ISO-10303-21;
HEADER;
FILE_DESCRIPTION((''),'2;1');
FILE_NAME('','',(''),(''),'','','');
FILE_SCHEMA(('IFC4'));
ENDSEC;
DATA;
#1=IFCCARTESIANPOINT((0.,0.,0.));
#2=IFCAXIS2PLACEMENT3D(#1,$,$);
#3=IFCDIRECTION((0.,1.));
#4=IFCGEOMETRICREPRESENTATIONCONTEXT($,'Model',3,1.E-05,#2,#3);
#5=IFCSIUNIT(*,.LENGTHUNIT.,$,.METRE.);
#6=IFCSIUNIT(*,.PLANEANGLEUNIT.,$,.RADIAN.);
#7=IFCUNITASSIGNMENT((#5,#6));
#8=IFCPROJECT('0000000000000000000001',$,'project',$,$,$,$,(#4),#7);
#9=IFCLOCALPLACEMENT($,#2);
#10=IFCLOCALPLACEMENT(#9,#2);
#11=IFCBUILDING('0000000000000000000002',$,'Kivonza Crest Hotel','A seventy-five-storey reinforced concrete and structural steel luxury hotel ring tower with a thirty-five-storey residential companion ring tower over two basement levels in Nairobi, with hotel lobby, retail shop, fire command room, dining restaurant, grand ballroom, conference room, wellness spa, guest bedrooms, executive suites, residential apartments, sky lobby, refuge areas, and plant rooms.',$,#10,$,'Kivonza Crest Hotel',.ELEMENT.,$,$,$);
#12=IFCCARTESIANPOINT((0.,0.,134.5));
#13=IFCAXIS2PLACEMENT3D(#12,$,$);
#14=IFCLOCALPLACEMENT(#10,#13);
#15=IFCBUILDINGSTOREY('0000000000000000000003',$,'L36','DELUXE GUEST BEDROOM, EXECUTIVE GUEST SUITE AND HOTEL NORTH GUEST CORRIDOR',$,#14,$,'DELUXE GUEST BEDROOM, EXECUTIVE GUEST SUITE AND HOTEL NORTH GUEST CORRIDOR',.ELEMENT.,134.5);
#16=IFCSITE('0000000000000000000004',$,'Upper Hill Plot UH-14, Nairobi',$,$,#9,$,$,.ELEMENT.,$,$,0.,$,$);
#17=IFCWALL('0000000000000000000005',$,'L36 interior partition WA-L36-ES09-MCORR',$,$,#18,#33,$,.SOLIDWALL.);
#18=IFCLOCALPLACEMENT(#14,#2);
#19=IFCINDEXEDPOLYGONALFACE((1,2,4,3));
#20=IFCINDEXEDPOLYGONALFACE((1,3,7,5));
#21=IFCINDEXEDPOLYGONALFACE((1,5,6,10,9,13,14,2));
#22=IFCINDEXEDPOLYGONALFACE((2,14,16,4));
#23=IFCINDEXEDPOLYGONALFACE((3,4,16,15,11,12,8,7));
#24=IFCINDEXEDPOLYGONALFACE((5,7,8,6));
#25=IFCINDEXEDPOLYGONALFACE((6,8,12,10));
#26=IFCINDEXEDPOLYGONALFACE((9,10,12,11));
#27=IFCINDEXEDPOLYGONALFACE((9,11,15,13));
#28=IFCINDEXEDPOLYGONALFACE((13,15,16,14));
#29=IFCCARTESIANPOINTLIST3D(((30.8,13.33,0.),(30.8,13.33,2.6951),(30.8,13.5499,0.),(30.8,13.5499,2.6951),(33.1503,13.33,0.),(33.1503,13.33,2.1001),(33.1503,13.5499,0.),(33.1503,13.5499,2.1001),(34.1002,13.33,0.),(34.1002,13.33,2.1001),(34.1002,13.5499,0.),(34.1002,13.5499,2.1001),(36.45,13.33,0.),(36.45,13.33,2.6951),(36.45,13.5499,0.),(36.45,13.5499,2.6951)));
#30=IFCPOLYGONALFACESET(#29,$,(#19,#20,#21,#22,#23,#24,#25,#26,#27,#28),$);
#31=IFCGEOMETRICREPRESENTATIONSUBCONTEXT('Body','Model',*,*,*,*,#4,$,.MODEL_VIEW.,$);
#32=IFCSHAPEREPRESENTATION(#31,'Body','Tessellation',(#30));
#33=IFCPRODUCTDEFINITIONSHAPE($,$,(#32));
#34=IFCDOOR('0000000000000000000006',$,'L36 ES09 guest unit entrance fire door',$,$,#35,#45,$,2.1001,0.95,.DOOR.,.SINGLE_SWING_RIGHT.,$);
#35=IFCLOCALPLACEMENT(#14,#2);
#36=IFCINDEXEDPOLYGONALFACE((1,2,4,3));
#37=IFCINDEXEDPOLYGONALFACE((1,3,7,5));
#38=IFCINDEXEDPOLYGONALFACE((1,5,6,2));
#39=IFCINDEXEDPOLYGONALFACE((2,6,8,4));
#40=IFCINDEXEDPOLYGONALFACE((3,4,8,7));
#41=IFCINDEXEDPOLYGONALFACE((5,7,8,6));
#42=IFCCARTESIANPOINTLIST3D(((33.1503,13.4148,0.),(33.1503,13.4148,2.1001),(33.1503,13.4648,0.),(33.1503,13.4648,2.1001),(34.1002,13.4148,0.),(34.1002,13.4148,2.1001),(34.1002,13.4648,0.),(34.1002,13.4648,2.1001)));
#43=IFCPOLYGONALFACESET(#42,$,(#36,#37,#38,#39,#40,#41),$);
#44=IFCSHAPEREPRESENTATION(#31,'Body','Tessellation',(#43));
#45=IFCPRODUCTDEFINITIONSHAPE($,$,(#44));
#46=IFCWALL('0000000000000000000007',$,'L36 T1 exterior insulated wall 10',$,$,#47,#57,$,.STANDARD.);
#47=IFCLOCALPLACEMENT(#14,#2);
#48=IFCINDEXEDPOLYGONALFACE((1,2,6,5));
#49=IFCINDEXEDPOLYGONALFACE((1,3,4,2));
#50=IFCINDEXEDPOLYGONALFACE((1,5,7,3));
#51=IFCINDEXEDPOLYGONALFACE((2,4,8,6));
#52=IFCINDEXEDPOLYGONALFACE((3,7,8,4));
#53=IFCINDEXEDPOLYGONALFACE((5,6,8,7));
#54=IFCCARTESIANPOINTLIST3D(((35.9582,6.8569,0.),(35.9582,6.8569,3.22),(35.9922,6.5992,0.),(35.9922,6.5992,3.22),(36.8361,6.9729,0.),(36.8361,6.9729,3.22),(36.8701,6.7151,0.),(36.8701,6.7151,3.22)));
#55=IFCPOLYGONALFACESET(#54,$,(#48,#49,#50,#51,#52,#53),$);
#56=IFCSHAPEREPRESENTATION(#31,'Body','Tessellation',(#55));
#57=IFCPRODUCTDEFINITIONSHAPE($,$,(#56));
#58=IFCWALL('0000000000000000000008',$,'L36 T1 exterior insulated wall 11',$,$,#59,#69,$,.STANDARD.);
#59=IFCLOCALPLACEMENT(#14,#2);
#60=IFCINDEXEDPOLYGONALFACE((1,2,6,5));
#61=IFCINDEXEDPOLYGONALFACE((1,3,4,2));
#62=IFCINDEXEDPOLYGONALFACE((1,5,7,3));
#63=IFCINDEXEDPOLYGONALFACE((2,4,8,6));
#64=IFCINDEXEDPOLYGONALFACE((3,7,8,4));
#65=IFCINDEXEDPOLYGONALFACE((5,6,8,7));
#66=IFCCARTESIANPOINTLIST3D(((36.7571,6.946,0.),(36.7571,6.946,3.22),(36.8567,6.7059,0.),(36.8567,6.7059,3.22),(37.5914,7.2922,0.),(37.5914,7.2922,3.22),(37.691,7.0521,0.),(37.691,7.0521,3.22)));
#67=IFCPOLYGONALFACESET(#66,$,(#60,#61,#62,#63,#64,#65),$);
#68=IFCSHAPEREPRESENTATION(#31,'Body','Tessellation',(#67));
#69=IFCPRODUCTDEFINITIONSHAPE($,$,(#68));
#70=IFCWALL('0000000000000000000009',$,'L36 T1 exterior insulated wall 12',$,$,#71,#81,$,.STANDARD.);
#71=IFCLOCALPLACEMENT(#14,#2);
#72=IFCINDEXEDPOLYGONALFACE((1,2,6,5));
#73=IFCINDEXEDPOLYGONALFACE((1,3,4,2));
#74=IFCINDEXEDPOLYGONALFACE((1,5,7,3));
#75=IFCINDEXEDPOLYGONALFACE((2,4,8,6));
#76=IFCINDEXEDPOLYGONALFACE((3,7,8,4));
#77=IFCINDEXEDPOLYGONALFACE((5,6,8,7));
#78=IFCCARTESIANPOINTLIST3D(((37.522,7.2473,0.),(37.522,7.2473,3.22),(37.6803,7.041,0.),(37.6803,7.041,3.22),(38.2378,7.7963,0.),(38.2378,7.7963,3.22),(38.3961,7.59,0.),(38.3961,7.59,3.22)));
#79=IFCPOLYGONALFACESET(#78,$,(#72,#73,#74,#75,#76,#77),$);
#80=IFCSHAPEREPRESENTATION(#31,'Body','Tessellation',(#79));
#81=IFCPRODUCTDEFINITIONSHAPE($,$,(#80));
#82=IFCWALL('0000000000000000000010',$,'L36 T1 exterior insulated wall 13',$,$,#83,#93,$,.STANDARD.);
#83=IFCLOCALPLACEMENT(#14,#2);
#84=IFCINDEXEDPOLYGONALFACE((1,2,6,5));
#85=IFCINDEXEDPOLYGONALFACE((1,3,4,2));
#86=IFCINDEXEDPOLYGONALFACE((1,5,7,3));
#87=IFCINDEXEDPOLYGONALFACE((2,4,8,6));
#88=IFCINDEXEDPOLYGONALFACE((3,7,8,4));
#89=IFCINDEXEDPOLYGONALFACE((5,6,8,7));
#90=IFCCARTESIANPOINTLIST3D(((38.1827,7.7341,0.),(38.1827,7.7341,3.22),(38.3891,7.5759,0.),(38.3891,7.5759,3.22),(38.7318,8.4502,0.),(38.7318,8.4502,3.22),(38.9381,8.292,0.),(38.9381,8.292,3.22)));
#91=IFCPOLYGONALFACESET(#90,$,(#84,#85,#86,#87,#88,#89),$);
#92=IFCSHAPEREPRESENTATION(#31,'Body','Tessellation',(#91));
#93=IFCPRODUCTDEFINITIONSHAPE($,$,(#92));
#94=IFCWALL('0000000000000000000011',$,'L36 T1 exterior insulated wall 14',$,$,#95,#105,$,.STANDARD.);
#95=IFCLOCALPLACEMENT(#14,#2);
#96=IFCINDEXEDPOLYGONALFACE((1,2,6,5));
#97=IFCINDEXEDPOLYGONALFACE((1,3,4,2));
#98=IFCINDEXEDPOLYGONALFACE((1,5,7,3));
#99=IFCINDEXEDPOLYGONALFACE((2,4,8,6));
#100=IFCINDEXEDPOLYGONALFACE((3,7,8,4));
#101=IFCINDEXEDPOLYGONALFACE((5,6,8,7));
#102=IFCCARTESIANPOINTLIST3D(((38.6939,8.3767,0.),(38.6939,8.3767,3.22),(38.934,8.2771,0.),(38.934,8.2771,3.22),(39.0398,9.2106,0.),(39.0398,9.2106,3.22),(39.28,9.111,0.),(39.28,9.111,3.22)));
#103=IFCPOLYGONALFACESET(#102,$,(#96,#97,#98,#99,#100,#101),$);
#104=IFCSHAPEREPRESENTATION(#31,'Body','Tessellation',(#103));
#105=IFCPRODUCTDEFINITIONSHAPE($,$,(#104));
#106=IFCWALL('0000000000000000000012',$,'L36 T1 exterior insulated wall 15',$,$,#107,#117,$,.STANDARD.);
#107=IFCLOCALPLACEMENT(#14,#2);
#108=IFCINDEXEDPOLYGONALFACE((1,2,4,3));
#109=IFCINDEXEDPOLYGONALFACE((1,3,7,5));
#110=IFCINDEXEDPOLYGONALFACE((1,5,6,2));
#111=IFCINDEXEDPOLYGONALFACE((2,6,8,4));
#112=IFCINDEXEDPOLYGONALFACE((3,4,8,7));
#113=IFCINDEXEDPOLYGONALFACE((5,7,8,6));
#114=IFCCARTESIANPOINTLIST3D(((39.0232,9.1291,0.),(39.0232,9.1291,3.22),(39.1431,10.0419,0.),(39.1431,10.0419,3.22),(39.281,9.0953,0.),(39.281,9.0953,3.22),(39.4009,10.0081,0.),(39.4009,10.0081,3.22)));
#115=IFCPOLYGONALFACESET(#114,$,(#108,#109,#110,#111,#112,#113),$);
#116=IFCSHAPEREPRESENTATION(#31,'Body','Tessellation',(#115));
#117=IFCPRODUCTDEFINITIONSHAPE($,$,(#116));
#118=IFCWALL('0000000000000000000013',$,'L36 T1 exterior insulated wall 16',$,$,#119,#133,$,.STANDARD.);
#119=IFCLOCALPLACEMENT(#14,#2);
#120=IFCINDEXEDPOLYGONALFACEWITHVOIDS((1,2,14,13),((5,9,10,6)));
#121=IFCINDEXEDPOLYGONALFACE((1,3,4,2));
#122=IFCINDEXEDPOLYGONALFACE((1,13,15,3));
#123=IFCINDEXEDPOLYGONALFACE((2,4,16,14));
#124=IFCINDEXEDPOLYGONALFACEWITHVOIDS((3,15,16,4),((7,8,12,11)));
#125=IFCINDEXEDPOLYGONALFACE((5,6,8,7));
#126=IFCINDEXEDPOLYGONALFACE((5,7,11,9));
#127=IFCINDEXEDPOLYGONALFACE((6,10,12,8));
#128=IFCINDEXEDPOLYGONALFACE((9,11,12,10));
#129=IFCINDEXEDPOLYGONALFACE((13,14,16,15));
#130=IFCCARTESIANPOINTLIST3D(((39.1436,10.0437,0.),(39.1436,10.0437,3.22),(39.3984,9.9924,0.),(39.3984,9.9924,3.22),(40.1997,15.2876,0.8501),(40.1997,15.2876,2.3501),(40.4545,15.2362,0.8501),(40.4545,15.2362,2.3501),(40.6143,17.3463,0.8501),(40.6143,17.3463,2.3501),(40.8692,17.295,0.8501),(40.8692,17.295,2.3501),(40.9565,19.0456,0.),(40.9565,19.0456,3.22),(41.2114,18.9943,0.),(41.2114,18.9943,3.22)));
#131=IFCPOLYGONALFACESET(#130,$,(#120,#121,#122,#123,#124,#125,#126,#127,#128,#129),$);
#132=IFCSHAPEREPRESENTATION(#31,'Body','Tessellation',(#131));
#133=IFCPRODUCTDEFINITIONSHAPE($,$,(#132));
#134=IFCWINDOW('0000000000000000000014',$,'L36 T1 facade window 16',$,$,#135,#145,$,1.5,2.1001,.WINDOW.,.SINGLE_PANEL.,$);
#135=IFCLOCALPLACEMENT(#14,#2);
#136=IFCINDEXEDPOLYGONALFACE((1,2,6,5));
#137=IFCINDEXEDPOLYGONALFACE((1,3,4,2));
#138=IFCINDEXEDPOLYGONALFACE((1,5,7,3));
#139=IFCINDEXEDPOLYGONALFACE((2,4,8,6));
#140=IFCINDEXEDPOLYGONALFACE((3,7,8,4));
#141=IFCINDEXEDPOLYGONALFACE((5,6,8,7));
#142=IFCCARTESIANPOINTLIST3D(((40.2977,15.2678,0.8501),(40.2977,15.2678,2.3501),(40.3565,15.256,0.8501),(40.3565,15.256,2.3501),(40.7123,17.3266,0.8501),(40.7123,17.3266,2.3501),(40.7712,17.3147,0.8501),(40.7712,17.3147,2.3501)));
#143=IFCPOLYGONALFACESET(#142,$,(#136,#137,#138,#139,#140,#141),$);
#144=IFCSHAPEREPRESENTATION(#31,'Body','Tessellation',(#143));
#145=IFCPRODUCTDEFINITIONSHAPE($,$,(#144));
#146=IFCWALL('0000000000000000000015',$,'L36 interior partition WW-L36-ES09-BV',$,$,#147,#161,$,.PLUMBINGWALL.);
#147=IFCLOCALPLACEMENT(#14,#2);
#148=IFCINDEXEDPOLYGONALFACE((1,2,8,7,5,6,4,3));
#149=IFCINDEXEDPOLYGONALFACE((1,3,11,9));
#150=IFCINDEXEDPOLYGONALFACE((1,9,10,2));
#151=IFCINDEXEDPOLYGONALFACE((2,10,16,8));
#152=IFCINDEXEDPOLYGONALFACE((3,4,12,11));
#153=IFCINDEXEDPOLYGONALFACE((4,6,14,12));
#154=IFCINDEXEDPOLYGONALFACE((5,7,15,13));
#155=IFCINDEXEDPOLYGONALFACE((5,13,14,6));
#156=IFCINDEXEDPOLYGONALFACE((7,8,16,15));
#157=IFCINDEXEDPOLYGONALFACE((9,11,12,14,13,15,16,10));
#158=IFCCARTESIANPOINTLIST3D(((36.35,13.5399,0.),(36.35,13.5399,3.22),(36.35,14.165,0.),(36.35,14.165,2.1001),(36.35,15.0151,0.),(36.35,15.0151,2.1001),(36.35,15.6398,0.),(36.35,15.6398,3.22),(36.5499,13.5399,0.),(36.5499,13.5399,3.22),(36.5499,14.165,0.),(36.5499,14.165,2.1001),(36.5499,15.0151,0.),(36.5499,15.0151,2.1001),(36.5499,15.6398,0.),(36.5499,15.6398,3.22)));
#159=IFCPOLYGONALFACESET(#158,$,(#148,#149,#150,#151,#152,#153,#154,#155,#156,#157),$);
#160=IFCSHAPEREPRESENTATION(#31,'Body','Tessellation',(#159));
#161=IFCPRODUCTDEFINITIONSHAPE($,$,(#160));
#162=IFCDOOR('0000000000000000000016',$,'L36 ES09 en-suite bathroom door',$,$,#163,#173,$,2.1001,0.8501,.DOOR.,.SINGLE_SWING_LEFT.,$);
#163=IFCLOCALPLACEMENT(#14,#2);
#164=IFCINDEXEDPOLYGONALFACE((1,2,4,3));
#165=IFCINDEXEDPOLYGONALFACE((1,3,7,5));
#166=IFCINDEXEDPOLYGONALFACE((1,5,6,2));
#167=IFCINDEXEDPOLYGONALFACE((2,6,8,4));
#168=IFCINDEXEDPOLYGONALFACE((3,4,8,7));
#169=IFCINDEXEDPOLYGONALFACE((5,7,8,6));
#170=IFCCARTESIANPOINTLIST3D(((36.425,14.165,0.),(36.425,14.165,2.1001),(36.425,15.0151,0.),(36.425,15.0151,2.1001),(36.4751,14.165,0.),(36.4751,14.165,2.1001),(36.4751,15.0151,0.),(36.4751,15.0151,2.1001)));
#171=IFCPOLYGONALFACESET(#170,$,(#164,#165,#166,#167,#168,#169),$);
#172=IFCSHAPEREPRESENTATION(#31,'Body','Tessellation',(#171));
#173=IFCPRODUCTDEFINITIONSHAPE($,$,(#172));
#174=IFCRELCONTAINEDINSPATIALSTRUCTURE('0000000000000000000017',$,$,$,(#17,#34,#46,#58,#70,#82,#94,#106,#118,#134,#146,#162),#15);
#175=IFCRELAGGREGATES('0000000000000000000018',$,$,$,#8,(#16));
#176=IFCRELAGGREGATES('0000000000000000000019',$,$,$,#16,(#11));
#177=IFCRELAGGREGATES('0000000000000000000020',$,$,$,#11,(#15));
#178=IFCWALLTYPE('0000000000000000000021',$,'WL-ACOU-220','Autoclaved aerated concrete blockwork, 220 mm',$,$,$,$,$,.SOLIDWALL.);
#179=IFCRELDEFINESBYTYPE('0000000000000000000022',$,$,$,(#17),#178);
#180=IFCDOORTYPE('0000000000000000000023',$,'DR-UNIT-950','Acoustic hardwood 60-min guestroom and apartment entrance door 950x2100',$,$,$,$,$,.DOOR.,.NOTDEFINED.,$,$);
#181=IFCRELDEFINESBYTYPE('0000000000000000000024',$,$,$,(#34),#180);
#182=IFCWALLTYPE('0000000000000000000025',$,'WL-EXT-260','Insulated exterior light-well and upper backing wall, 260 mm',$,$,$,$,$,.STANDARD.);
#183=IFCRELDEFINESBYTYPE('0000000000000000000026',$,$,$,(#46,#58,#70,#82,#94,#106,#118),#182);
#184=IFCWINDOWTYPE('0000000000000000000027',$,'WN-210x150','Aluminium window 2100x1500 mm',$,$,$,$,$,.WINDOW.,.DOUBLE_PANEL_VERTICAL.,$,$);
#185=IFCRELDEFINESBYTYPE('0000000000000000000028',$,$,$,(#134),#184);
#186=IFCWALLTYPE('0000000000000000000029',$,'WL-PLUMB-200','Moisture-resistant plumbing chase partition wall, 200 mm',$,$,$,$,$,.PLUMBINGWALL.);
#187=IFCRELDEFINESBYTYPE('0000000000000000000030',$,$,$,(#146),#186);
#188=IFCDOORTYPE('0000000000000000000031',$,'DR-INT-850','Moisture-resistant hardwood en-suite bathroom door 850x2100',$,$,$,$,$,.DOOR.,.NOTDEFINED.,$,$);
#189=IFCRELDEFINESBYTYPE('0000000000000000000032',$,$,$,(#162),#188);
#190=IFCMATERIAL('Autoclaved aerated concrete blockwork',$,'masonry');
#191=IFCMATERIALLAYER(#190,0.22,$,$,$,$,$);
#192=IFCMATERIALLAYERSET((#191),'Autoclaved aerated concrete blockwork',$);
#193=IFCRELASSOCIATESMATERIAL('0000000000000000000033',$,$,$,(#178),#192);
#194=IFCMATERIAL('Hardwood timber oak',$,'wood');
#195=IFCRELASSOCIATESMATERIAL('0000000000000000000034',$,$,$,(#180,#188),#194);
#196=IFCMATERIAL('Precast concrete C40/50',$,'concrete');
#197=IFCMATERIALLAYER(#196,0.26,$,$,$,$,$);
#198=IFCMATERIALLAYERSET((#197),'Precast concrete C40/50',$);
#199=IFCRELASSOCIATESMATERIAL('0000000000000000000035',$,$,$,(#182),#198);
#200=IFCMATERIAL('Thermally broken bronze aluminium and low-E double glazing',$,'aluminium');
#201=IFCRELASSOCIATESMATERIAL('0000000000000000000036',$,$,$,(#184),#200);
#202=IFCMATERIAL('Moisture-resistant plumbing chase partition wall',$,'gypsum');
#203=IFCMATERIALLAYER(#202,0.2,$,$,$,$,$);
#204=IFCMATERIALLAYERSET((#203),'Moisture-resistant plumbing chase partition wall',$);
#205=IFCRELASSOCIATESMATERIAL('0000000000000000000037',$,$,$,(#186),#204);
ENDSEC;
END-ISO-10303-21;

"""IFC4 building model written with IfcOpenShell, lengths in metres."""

from ifc_helpers import new_model, si_unit, direction, frame, frame_2d, origin, place, context, subcontext, project, spatial, rectangle, extrude, material, layer, layer_set, type_object, element, fill, save


model = new_model("IFC4")

# Units and contexts
model_context = context("Model", 3, precision=1e-05, world=origin(), true_north=direction((0.0, 1.0)))
body_context = subcontext(model_context, "Body", "Model", "MODEL_VIEW")
ifc_project = project(units=[si_unit("LENGTHUNIT", "METRE"), si_unit("PLANEANGLEUNIT", "RADIAN")], contexts=[model_context])

# Site, building, storey
site_placement = place(None, origin())
site = spatial("IfcSite", under=ifc_project, at=site_placement, Name="Upper Hill Plot UH-14, Nairobi", CompositionType="ELEMENT", RefElevation=0.0)
building_placement = place(site_placement, origin())
building = spatial("IfcBuilding", under=site, at=building_placement, Name="Kivonza Crest Hotel", Description="A seventy-five-storey reinforced concrete and structural steel luxury hotel ring tower with a thirty-five-storey residential companion ring tower over two basement levels in Nairobi, with hotel lobby, retail shop, fire command room, dining restaurant, grand ballroom, conference room, wellness spa, guest bedrooms, executive suites, residential apartments, sky lobby, refuge areas, and plant rooms.", LongName="Kivonza Crest Hotel", CompositionType="ELEMENT")
storey_placement = place(building_placement, frame((0.0, 0.0, 134.5)))
storey = spatial("IfcBuildingStorey", under=building, at=storey_placement, Name="L36", Description="DELUXE GUEST BEDROOM, EXECUTIVE GUEST SUITE AND HOTEL NORTH GUEST CORRIDOR", LongName="DELUXE GUEST BEDROOM, EXECUTIVE GUEST SUITE AND HOTEL NORTH GUEST CORRIDOR", CompositionType="ELEMENT", Elevation=134.5)

# Shared definitions
ifc_material_1 = material(Name="Autoclaved aerated concrete blockwork", Category="masonry")
ifc_layer_1 = layer(ifc_material_1, 0.22)
ifc_layer_set_1 = layer_set([ifc_layer_1], Name="Autoclaved aerated concrete blockwork")
wall_type_1 = type_object("IfcWallType", Name="WL-ACOU-220", Description="Autoclaved aerated concrete blockwork, 220 mm", PredefinedType="SOLIDWALL", material=ifc_layer_set_1)
ifc_material_2 = material(Name="Hardwood timber oak", Category="wood")

# Wall, opening, door
wall_1_placement = place(storey_placement, frame((30.8, 13.4399, 0.0), z_axis=(0.0, 0.0, 1.0), x_axis=(1.0, 0.0, 0.0)))
wall_1 = element("IfcWall", 1, at=wall_1_placement, inside=storey, type_object=wall_type_1, Name="L36 interior partition WA-L36-ES09-MCORR", PredefinedType="SOLIDWALL", context=body_context, shape_type="SweptSolid", body=[
    extrude(rectangle(XDim=5.6499, YDim=0.22, at=frame_2d((2.825, 0.0))), origin(), (0.0, 0.0, 1.0), 2.6951),
])
opening_1_placement = place(wall_1_placement, frame((2.3501, 0.0, 0.0)))
opening_1 = element("IfcOpeningElement", 2, at=opening_1_placement, cuts=wall_1, PredefinedType="OPENING", context=body_context, shape_type="SweptSolid", body=[
    extrude(rectangle(XDim=0.95, YDim=2.1001, at=frame_2d((0.4751, 1.05))), frame((0.0, 0.1201, 0.0), z_axis=(0.0, -1.0, 0.0), x_axis=(1.0, 0.0, 0.0)), (0.0, 0.0, 1.0), 0.24),
])
door_type_1 = type_object("IfcDoorType", Name="DR-UNIT-950", Description="Acoustic hardwood 60-min guestroom and apartment entrance door 950x2100", OperationType="NOTDEFINED", PredefinedType="DOOR", material=ifc_material_2)
door_1_placement = place(opening_1_placement, origin())
door_1 = element("IfcDoor", 3, at=door_1_placement, inside=storey, type_object=door_type_1, Name="L36 ES09 guest unit entrance fire door", OperationType="SINGLE_SWING_RIGHT", OverallHeight=2.1001, OverallWidth=0.95, PredefinedType="DOOR", context=body_context, shape_type="SweptSolid", body=[
    extrude(rectangle(XDim=0.95, YDim=2.1001, at=frame_2d((0.4751, 1.05))), frame((0.0, 0.0249, 0.0), z_axis=(0.0, -1.0, 0.0), x_axis=(1.0, 0.0, 0.0)), (0.0, 0.0, 1.0), 0.05),
])
fill(opening_1, door_1)

# Walls
ifc_material_3 = material(Name="Precast concrete C40/50", Category="concrete")
ifc_layer_2 = layer(ifc_material_3, 0.26)
ifc_layer_set_2 = layer_set([ifc_layer_2], Name="Precast concrete C40/50")
wall_type_2 = type_object("IfcWallType", Name="WL-EXT-260", Description="Insulated exterior light-well and upper backing wall, 260 mm", PredefinedType="STANDARD", material=ifc_layer_set_2)
wall_2_placement = place(storey_placement, frame((35.9751, 6.728, 0.0), z_axis=(0.0, 0.0, 1.0), x_axis=(0.991388, 0.130954, 0.0)))
element("IfcWall", 4, at=wall_2_placement, inside=storey, type_object=wall_type_2, Name="L36 T1 exterior insulated wall 10", PredefinedType="STANDARD", context=body_context, shape_type="SweptSolid", body=[
    extrude(rectangle(XDim=0.8855, YDim=0.26, at=frame_2d((0.4429, 0.0))), origin(), (0.0, 0.0, 1.0), 3.22),
])
wall_3_placement = place(storey_placement, frame((36.8069, 6.8259, 0.0), z_axis=(0.0, 0.0, 1.0), x_axis=(0.923628, 0.383291, 0.0)))
element("IfcWall", 5, at=wall_3_placement, inside=storey, type_object=wall_type_2, Name="L36 T1 exterior insulated wall 11", PredefinedType="STANDARD", context=body_context, shape_type="SweptSolid", body=[
    extrude(rectangle(XDim=0.9033, YDim=0.26, at=frame_2d((0.4517, 0.0))), origin(), (0.0, 0.0, 1.0), 3.22),
])
wall_4_placement = place(storey_placement, frame((37.6011, 7.144, 0.0), z_axis=(0.0, 0.0, 1.0), x_axis=(0.793458, 0.608625, 0.0)))
element("IfcWall", 6, at=wall_4_placement, inside=storey, type_object=wall_type_2, Name="L36 T1 exterior insulated wall 12", PredefinedType="STANDARD", context=body_context, shape_type="SweptSolid", body=[
    extrude(rectangle(XDim=0.9021, YDim=0.26, at=frame_2d((0.4512, 0.0))), origin(), (0.0, 0.0, 1.0), 3.22),
])
wall_5_placement = place(storey_placement, frame((38.2859, 7.655, 0.0), z_axis=(0.0, 0.0, 1.0), x_axis=(0.608494, 0.793558, 0.0)))
element("IfcWall", 7, at=wall_5_placement, inside=storey, type_object=wall_type_2, Name="L36 T1 exterior insulated wall 13", PredefinedType="STANDARD", context=body_context, shape_type="SweptSolid", body=[
    extrude(rectangle(XDim=0.9023, YDim=0.26, at=frame_2d((0.4512, 0.0))), origin(), (0.0, 0.0, 1.0), 3.22),
])
wall_6_placement = place(storey_placement, frame((38.814, 8.3269, 0.0), z_axis=(0.0, 0.0, 1.0), x_axis=(0.383156, 0.923684, 0.0)))
element("IfcWall", 8, at=wall_6_placement, inside=storey, type_object=wall_type_2, Name="L36 T1 exterior insulated wall 14", PredefinedType="STANDARD", context=body_context, shape_type="SweptSolid", body=[
    extrude(rectangle(XDim=0.9028, YDim=0.26, at=frame_2d((0.4514, 0.0))), origin(), (0.0, 0.0, 1.0), 3.22),
])
wall_7_placement = place(storey_placement, frame((39.1521, 9.1121, 0.0), z_axis=(0.0, 0.0, 1.0), x_axis=(0.130201, 0.991488, 0.0)))
element("IfcWall", 9, at=wall_7_placement, inside=storey, type_object=wall_type_2, Name="L36 T1 exterior insulated wall 15", PredefinedType="STANDARD", context=body_context, shape_type="SweptSolid", body=[
    extrude(rectangle(XDim=0.9207, YDim=0.26, at=frame_2d((0.4604, 0.0))), origin(), (0.0, 0.0, 1.0), 3.22),
])

# Wall, opening, window
wall_8_placement = place(storey_placement, frame((39.271, 10.0181, 0.0), z_axis=(0.0, 0.0, 1.0), x_axis=(0.197435, 0.980316, 0.0)))
wall_8 = element("IfcWall", 10, at=wall_8_placement, inside=storey, type_object=wall_type_2, Name="L36 T1 exterior insulated wall 16", PredefinedType="STANDARD", context=body_context, shape_type="SweptSolid", body=[
    extrude(rectangle(XDim=9.1826, YDim=0.26, at=frame_2d((4.5913, 0.0))), origin(), (0.0, 0.0, 1.0), 3.22),
])
opening_2_placement = place(wall_8_placement, frame((5.3491, 0.0, 0.8501)))
opening_2 = element("IfcOpeningElement", 11, at=opening_2_placement, cuts=wall_8, PredefinedType="OPENING", context=body_context, shape_type="SweptSolid", body=[
    extrude(rectangle(XDim=2.1001, YDim=1.5, at=frame_2d((1.05, 0.75))), frame((0.0, 0.1401, 0.0), z_axis=(0.0, -1.0, 0.0), x_axis=(1.0, 0.0, 0.0)), (0.0, 0.0, 1.0), 0.28),
])
ifc_material_4 = material(Name="Thermally broken bronze aluminium and low-E double glazing", Category="aluminium")
window_type = type_object("IfcWindowType", Name="WN-210x150", Description="Aluminium window 2100x1500 mm", PartitioningType="DOUBLE_PANEL_VERTICAL", PredefinedType="WINDOW", material=ifc_material_4)
window_placement = place(opening_2_placement, origin())
window = element("IfcWindow", 12, at=window_placement, inside=storey, type_object=window_type, Name="L36 T1 facade window 16", OverallHeight=1.5, OverallWidth=2.1001, PartitioningType="SINGLE_PANEL", PredefinedType="WINDOW", context=body_context, shape_type="SweptSolid", body=[
    extrude(rectangle(XDim=2.1001, YDim=1.5, at=frame_2d((1.05, 0.75))), frame((0.0, 0.03, 0.0), z_axis=(0.0, -1.0, 0.0), x_axis=(1.0, 0.0, 0.0)), (0.0, 0.0, 1.0), 0.0601),
])
fill(opening_2, window)

# Wall, opening, door
ifc_material_5 = material(Name="Moisture-resistant plumbing chase partition wall", Category="gypsum")
ifc_layer_3 = layer(ifc_material_5, 0.2)
ifc_layer_set_3 = layer_set([ifc_layer_3], Name="Moisture-resistant plumbing chase partition wall")
wall_type_3 = type_object("IfcWallType", Name="WL-PLUMB-200", Description="Moisture-resistant plumbing chase partition wall, 200 mm", PredefinedType="PLUMBINGWALL", material=ifc_layer_set_3)
wall_9_placement = place(storey_placement, frame((36.45, 13.54, 0.0), z_axis=(0.0, 0.0, 1.0), x_axis=(0.0, 1.0, 0.0)))
wall_9 = element("IfcWall", 13, at=wall_9_placement, inside=storey, type_object=wall_type_3, Name="L36 interior partition WW-L36-ES09-BV", PredefinedType="PLUMBINGWALL", context=body_context, shape_type="SweptSolid", body=[
    extrude(rectangle(XDim=2.0999, YDim=0.2, at=frame_2d((1.0498, 0.0))), origin(), (0.0, 0.0, 1.0), 3.22),
])
opening_3_placement = place(wall_9_placement, frame((0.625, 0.0, 0.0)))
opening_3 = element("IfcOpeningElement", 14, at=opening_3_placement, cuts=wall_9, PredefinedType="OPENING", context=body_context, shape_type="SweptSolid", body=[
    extrude(rectangle(XDim=0.8501, YDim=2.1001, at=frame_2d((0.425, 1.05))), frame((0.0, 0.1099, 0.0), z_axis=(0.0, -1.0, 0.0), x_axis=(1.0, 0.0, 0.0)), (0.0, 0.0, 1.0), 0.22),
])
door_type_2 = type_object("IfcDoorType", Name="DR-INT-850", Description="Moisture-resistant hardwood en-suite bathroom door 850x2100", OperationType="NOTDEFINED", PredefinedType="DOOR", material=ifc_material_2)
door_2_placement = place(opening_3_placement, origin())
door_2 = element("IfcDoor", 15, at=door_2_placement, inside=storey, type_object=door_type_2, Name="L36 ES09 en-suite bathroom door", OperationType="SINGLE_SWING_LEFT", OverallHeight=2.1001, OverallWidth=0.8501, PredefinedType="DOOR", context=body_context, shape_type="SweptSolid", body=[
    extrude(rectangle(XDim=0.8501, YDim=2.1001, at=frame_2d((0.425, 1.05))), frame((0.0, 0.0249, 0.0), z_axis=(0.0, -1.0, 0.0), x_axis=(1.0, 0.0, 0.0)), (0.0, 0.0, 1.0), 0.05),
])
fill(opening_3, door_2)

save(model, "model.ifc")
